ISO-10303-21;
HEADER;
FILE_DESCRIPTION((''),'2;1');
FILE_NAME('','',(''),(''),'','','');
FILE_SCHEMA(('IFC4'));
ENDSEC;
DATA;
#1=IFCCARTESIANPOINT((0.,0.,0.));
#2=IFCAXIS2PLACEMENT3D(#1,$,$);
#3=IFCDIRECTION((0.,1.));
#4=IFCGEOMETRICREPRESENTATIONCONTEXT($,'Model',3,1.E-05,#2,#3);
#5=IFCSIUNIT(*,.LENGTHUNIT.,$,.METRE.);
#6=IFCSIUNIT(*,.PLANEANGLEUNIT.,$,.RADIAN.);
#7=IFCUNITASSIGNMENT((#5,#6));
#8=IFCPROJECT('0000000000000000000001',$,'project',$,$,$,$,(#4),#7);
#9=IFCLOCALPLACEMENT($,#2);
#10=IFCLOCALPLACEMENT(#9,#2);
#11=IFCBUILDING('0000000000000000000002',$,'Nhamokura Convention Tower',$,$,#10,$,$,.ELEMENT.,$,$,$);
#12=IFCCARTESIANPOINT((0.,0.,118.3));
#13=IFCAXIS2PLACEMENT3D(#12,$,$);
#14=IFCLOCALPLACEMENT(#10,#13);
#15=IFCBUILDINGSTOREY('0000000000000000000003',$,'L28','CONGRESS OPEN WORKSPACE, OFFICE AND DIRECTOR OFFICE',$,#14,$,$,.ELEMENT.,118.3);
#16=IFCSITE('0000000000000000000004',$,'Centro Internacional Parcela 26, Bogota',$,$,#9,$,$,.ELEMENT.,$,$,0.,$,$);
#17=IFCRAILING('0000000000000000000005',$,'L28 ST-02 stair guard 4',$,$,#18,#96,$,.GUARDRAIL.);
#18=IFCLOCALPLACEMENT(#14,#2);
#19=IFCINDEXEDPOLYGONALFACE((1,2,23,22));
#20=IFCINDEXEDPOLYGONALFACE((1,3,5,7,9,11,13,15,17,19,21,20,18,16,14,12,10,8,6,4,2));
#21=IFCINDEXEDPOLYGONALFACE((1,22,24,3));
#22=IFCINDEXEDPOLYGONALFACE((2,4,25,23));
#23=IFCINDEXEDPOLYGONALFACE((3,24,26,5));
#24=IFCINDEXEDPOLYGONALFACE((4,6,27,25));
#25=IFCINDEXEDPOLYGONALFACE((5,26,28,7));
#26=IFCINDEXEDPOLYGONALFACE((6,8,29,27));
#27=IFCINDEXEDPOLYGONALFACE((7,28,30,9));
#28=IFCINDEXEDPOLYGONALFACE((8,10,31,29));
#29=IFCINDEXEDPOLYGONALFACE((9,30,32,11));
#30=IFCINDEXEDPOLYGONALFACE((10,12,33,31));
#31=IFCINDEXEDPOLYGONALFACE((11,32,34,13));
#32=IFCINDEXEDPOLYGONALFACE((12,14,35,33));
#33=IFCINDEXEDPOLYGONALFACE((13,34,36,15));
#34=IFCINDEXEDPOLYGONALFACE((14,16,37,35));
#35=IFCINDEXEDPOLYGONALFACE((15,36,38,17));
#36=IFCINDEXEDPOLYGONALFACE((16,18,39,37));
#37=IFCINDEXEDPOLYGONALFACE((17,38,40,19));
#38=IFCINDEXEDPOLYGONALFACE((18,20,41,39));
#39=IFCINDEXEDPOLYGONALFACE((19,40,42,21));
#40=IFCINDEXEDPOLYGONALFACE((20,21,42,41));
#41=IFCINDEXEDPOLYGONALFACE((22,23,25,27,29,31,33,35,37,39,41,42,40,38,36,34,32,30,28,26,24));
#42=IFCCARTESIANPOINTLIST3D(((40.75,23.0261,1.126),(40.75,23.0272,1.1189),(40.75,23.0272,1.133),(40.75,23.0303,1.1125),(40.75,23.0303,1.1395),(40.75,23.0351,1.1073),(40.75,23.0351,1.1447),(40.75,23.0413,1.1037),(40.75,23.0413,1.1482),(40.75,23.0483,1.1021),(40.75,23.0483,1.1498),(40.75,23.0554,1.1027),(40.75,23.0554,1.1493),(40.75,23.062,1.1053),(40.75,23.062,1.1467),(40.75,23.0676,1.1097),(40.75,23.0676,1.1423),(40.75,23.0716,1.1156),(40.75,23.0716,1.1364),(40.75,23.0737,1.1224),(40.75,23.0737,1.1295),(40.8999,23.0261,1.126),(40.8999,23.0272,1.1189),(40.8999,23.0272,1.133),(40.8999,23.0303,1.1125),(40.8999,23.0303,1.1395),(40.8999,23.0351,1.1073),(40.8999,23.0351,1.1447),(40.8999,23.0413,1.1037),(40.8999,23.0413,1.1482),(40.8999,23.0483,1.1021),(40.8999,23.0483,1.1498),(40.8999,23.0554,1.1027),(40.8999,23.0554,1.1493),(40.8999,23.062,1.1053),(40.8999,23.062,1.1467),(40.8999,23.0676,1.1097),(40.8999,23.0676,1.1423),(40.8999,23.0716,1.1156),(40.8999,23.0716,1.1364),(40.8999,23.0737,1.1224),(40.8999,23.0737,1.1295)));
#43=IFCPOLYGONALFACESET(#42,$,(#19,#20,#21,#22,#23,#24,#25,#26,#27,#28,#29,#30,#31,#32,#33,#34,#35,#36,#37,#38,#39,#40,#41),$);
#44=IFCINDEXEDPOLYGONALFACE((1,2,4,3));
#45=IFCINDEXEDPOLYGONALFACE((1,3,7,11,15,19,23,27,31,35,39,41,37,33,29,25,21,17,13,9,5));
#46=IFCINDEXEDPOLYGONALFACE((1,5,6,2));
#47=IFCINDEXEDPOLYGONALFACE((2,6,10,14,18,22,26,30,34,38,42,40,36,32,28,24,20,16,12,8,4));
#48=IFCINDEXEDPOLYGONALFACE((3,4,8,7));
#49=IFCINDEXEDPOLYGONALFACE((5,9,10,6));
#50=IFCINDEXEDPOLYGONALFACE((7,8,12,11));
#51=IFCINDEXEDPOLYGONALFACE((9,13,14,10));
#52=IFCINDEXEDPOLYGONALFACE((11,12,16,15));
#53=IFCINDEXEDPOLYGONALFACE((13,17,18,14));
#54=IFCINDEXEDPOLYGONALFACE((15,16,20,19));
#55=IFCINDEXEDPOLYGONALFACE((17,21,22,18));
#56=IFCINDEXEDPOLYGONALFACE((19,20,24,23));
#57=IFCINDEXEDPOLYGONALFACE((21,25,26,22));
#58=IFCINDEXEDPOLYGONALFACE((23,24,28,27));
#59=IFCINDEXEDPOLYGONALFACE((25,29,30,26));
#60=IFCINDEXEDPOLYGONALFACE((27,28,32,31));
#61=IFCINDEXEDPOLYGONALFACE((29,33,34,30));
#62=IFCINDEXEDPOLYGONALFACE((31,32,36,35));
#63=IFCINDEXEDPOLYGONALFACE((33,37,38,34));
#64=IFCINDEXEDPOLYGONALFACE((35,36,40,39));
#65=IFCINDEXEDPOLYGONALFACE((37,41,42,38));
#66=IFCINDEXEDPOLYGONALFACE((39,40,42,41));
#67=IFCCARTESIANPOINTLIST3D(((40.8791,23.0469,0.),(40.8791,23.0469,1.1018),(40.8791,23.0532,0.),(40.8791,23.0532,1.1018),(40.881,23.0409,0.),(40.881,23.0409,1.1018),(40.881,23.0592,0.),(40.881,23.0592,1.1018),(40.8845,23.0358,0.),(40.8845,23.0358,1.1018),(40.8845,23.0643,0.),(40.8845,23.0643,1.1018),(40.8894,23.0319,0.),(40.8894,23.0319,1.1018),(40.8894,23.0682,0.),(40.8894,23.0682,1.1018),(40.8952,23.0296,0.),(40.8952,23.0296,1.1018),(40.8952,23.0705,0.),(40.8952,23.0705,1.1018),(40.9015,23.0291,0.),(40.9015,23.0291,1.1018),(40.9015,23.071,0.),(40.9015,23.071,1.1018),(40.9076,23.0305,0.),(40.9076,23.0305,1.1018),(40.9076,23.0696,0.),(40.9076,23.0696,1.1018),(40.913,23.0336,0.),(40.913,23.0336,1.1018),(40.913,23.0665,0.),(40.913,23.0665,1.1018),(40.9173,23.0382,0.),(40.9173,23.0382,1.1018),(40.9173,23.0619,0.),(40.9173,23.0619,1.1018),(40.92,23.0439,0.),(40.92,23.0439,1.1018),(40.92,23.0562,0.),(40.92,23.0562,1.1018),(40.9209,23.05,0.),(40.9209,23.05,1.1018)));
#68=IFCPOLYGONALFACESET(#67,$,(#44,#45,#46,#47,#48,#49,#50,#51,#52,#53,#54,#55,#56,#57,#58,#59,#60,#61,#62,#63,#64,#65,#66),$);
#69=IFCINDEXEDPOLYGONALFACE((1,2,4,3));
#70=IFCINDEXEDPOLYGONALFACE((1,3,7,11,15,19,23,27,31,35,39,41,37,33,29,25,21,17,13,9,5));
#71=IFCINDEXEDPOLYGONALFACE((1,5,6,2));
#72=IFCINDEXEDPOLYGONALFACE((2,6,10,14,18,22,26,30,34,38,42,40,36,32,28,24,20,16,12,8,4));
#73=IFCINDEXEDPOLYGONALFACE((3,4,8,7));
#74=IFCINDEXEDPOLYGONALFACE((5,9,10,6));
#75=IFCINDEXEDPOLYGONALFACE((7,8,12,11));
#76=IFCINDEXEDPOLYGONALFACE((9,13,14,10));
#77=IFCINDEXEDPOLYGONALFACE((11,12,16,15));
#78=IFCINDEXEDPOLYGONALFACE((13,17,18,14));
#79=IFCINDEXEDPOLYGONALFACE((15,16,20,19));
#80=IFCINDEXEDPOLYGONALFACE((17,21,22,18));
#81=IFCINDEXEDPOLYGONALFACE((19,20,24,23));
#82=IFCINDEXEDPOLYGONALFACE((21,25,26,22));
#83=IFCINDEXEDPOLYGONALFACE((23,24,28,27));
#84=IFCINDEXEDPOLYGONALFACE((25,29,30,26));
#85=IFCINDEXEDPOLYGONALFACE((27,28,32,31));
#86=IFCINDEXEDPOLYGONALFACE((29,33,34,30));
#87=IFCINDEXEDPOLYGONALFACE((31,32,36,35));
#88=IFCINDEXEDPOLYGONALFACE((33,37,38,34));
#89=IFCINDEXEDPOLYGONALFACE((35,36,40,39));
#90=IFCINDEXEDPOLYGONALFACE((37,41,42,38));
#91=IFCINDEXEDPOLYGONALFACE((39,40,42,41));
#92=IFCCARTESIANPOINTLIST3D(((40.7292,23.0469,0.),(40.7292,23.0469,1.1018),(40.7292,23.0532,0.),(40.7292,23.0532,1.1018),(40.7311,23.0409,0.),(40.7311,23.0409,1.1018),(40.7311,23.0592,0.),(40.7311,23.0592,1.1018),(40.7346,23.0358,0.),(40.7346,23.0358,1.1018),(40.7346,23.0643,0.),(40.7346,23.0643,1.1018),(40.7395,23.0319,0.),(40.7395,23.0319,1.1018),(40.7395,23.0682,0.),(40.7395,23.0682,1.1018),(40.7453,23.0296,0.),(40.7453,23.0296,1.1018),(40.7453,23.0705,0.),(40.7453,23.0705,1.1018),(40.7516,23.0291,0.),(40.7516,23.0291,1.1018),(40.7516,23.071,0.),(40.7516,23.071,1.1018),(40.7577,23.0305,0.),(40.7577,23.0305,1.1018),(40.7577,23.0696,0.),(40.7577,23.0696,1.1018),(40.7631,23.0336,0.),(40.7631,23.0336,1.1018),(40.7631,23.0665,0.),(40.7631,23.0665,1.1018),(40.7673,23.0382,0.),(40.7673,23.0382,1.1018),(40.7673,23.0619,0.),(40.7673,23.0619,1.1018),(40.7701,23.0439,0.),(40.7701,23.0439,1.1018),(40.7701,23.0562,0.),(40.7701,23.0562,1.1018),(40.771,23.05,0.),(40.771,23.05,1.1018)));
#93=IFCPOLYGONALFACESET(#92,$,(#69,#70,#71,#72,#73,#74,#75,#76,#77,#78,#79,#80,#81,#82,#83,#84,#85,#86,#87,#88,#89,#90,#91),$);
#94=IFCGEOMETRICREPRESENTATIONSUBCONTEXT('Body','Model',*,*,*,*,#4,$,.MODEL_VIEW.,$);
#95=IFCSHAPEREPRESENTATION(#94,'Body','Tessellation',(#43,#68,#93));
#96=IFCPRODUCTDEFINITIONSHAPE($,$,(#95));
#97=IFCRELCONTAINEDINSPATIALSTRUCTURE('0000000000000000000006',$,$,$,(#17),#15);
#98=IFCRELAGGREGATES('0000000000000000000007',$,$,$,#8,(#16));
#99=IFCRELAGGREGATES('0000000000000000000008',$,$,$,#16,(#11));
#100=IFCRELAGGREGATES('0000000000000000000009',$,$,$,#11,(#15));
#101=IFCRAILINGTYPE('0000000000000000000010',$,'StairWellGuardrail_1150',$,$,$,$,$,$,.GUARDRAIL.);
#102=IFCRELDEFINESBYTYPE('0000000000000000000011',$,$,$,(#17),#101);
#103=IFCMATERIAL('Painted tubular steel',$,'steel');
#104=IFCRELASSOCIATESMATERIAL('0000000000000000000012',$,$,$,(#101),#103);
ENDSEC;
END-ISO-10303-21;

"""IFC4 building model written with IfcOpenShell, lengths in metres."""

from ifc_helpers import new_model, si_unit, direction, frame, origin, origin_2d, place, context, subcontext, project, spatial, circle, extrude, material, type_object, element, save


model = new_model("IFC4")

# Units and contexts
model_context = context("Model", 3, precision=1e-05, world=origin(), true_north=direction((0.0, 1.0)))
body_context = subcontext(model_context, "Body", "Model", "MODEL_VIEW")
ifc_project = project(units=[si_unit("LENGTHUNIT", "METRE"), si_unit("PLANEANGLEUNIT", "RADIAN")], contexts=[model_context])

# Site, building, storey
site_placement = place(None, origin())
site = spatial("IfcSite", under=ifc_project, at=site_placement, Name="Centro Internacional Parcela 26, Bogota", CompositionType="ELEMENT", RefElevation=0.0)
building_placement = place(site_placement, origin())
building = spatial("IfcBuilding", under=site, at=building_placement, Name="Nhamokura Convention Tower", CompositionType="ELEMENT")
storey_placement = place(building_placement, frame((0.0, 0.0, 118.3)))
storey = spatial("IfcBuildingStorey", under=building, at=storey_placement, Name="L28", Description="CONGRESS OPEN WORKSPACE, OFFICE AND DIRECTOR OFFICE", CompositionType="ELEMENT", Elevation=118.3)

# Railing
ifc_material_1 = material(Name="Painted tubular steel", Category="steel")
railing_type_1 = type_object("IfcRailingType", Name="StairWellGuardrail_1150", PredefinedType="GUARDRAIL", material=ifc_material_1)
railing_1_placement = place(storey_placement, frame((40.8999, 23.05, 0.0)))
element("IfcRailing", 1, at=railing_1_placement, inside=storey, type_object=railing_type_1, Name="L28 ST-02 stair guard 4", PredefinedType="GUARDRAIL", context=body_context, shape_type="SweptSolid", body=[
    extrude(circle(Radius=0.0239, at=origin_2d()), frame((0.0, 0.0, 1.126), z_axis=(-1.0, 0.0, 0.0), x_axis=(0.0, -1.0, 0.0)), (0.0, 0.0, 1.0), 0.1499),
    extrude(circle(Radius=0.021, at=origin_2d()), origin(), (0.0, 0.0, 1.0), 1.1018),
    extrude(circle(Radius=0.021, at=origin_2d()), frame((-0.1499, 0.0, 0.0)), (0.0, 0.0, 1.0), 1.1018),
])

save(model, "model.ifc")
